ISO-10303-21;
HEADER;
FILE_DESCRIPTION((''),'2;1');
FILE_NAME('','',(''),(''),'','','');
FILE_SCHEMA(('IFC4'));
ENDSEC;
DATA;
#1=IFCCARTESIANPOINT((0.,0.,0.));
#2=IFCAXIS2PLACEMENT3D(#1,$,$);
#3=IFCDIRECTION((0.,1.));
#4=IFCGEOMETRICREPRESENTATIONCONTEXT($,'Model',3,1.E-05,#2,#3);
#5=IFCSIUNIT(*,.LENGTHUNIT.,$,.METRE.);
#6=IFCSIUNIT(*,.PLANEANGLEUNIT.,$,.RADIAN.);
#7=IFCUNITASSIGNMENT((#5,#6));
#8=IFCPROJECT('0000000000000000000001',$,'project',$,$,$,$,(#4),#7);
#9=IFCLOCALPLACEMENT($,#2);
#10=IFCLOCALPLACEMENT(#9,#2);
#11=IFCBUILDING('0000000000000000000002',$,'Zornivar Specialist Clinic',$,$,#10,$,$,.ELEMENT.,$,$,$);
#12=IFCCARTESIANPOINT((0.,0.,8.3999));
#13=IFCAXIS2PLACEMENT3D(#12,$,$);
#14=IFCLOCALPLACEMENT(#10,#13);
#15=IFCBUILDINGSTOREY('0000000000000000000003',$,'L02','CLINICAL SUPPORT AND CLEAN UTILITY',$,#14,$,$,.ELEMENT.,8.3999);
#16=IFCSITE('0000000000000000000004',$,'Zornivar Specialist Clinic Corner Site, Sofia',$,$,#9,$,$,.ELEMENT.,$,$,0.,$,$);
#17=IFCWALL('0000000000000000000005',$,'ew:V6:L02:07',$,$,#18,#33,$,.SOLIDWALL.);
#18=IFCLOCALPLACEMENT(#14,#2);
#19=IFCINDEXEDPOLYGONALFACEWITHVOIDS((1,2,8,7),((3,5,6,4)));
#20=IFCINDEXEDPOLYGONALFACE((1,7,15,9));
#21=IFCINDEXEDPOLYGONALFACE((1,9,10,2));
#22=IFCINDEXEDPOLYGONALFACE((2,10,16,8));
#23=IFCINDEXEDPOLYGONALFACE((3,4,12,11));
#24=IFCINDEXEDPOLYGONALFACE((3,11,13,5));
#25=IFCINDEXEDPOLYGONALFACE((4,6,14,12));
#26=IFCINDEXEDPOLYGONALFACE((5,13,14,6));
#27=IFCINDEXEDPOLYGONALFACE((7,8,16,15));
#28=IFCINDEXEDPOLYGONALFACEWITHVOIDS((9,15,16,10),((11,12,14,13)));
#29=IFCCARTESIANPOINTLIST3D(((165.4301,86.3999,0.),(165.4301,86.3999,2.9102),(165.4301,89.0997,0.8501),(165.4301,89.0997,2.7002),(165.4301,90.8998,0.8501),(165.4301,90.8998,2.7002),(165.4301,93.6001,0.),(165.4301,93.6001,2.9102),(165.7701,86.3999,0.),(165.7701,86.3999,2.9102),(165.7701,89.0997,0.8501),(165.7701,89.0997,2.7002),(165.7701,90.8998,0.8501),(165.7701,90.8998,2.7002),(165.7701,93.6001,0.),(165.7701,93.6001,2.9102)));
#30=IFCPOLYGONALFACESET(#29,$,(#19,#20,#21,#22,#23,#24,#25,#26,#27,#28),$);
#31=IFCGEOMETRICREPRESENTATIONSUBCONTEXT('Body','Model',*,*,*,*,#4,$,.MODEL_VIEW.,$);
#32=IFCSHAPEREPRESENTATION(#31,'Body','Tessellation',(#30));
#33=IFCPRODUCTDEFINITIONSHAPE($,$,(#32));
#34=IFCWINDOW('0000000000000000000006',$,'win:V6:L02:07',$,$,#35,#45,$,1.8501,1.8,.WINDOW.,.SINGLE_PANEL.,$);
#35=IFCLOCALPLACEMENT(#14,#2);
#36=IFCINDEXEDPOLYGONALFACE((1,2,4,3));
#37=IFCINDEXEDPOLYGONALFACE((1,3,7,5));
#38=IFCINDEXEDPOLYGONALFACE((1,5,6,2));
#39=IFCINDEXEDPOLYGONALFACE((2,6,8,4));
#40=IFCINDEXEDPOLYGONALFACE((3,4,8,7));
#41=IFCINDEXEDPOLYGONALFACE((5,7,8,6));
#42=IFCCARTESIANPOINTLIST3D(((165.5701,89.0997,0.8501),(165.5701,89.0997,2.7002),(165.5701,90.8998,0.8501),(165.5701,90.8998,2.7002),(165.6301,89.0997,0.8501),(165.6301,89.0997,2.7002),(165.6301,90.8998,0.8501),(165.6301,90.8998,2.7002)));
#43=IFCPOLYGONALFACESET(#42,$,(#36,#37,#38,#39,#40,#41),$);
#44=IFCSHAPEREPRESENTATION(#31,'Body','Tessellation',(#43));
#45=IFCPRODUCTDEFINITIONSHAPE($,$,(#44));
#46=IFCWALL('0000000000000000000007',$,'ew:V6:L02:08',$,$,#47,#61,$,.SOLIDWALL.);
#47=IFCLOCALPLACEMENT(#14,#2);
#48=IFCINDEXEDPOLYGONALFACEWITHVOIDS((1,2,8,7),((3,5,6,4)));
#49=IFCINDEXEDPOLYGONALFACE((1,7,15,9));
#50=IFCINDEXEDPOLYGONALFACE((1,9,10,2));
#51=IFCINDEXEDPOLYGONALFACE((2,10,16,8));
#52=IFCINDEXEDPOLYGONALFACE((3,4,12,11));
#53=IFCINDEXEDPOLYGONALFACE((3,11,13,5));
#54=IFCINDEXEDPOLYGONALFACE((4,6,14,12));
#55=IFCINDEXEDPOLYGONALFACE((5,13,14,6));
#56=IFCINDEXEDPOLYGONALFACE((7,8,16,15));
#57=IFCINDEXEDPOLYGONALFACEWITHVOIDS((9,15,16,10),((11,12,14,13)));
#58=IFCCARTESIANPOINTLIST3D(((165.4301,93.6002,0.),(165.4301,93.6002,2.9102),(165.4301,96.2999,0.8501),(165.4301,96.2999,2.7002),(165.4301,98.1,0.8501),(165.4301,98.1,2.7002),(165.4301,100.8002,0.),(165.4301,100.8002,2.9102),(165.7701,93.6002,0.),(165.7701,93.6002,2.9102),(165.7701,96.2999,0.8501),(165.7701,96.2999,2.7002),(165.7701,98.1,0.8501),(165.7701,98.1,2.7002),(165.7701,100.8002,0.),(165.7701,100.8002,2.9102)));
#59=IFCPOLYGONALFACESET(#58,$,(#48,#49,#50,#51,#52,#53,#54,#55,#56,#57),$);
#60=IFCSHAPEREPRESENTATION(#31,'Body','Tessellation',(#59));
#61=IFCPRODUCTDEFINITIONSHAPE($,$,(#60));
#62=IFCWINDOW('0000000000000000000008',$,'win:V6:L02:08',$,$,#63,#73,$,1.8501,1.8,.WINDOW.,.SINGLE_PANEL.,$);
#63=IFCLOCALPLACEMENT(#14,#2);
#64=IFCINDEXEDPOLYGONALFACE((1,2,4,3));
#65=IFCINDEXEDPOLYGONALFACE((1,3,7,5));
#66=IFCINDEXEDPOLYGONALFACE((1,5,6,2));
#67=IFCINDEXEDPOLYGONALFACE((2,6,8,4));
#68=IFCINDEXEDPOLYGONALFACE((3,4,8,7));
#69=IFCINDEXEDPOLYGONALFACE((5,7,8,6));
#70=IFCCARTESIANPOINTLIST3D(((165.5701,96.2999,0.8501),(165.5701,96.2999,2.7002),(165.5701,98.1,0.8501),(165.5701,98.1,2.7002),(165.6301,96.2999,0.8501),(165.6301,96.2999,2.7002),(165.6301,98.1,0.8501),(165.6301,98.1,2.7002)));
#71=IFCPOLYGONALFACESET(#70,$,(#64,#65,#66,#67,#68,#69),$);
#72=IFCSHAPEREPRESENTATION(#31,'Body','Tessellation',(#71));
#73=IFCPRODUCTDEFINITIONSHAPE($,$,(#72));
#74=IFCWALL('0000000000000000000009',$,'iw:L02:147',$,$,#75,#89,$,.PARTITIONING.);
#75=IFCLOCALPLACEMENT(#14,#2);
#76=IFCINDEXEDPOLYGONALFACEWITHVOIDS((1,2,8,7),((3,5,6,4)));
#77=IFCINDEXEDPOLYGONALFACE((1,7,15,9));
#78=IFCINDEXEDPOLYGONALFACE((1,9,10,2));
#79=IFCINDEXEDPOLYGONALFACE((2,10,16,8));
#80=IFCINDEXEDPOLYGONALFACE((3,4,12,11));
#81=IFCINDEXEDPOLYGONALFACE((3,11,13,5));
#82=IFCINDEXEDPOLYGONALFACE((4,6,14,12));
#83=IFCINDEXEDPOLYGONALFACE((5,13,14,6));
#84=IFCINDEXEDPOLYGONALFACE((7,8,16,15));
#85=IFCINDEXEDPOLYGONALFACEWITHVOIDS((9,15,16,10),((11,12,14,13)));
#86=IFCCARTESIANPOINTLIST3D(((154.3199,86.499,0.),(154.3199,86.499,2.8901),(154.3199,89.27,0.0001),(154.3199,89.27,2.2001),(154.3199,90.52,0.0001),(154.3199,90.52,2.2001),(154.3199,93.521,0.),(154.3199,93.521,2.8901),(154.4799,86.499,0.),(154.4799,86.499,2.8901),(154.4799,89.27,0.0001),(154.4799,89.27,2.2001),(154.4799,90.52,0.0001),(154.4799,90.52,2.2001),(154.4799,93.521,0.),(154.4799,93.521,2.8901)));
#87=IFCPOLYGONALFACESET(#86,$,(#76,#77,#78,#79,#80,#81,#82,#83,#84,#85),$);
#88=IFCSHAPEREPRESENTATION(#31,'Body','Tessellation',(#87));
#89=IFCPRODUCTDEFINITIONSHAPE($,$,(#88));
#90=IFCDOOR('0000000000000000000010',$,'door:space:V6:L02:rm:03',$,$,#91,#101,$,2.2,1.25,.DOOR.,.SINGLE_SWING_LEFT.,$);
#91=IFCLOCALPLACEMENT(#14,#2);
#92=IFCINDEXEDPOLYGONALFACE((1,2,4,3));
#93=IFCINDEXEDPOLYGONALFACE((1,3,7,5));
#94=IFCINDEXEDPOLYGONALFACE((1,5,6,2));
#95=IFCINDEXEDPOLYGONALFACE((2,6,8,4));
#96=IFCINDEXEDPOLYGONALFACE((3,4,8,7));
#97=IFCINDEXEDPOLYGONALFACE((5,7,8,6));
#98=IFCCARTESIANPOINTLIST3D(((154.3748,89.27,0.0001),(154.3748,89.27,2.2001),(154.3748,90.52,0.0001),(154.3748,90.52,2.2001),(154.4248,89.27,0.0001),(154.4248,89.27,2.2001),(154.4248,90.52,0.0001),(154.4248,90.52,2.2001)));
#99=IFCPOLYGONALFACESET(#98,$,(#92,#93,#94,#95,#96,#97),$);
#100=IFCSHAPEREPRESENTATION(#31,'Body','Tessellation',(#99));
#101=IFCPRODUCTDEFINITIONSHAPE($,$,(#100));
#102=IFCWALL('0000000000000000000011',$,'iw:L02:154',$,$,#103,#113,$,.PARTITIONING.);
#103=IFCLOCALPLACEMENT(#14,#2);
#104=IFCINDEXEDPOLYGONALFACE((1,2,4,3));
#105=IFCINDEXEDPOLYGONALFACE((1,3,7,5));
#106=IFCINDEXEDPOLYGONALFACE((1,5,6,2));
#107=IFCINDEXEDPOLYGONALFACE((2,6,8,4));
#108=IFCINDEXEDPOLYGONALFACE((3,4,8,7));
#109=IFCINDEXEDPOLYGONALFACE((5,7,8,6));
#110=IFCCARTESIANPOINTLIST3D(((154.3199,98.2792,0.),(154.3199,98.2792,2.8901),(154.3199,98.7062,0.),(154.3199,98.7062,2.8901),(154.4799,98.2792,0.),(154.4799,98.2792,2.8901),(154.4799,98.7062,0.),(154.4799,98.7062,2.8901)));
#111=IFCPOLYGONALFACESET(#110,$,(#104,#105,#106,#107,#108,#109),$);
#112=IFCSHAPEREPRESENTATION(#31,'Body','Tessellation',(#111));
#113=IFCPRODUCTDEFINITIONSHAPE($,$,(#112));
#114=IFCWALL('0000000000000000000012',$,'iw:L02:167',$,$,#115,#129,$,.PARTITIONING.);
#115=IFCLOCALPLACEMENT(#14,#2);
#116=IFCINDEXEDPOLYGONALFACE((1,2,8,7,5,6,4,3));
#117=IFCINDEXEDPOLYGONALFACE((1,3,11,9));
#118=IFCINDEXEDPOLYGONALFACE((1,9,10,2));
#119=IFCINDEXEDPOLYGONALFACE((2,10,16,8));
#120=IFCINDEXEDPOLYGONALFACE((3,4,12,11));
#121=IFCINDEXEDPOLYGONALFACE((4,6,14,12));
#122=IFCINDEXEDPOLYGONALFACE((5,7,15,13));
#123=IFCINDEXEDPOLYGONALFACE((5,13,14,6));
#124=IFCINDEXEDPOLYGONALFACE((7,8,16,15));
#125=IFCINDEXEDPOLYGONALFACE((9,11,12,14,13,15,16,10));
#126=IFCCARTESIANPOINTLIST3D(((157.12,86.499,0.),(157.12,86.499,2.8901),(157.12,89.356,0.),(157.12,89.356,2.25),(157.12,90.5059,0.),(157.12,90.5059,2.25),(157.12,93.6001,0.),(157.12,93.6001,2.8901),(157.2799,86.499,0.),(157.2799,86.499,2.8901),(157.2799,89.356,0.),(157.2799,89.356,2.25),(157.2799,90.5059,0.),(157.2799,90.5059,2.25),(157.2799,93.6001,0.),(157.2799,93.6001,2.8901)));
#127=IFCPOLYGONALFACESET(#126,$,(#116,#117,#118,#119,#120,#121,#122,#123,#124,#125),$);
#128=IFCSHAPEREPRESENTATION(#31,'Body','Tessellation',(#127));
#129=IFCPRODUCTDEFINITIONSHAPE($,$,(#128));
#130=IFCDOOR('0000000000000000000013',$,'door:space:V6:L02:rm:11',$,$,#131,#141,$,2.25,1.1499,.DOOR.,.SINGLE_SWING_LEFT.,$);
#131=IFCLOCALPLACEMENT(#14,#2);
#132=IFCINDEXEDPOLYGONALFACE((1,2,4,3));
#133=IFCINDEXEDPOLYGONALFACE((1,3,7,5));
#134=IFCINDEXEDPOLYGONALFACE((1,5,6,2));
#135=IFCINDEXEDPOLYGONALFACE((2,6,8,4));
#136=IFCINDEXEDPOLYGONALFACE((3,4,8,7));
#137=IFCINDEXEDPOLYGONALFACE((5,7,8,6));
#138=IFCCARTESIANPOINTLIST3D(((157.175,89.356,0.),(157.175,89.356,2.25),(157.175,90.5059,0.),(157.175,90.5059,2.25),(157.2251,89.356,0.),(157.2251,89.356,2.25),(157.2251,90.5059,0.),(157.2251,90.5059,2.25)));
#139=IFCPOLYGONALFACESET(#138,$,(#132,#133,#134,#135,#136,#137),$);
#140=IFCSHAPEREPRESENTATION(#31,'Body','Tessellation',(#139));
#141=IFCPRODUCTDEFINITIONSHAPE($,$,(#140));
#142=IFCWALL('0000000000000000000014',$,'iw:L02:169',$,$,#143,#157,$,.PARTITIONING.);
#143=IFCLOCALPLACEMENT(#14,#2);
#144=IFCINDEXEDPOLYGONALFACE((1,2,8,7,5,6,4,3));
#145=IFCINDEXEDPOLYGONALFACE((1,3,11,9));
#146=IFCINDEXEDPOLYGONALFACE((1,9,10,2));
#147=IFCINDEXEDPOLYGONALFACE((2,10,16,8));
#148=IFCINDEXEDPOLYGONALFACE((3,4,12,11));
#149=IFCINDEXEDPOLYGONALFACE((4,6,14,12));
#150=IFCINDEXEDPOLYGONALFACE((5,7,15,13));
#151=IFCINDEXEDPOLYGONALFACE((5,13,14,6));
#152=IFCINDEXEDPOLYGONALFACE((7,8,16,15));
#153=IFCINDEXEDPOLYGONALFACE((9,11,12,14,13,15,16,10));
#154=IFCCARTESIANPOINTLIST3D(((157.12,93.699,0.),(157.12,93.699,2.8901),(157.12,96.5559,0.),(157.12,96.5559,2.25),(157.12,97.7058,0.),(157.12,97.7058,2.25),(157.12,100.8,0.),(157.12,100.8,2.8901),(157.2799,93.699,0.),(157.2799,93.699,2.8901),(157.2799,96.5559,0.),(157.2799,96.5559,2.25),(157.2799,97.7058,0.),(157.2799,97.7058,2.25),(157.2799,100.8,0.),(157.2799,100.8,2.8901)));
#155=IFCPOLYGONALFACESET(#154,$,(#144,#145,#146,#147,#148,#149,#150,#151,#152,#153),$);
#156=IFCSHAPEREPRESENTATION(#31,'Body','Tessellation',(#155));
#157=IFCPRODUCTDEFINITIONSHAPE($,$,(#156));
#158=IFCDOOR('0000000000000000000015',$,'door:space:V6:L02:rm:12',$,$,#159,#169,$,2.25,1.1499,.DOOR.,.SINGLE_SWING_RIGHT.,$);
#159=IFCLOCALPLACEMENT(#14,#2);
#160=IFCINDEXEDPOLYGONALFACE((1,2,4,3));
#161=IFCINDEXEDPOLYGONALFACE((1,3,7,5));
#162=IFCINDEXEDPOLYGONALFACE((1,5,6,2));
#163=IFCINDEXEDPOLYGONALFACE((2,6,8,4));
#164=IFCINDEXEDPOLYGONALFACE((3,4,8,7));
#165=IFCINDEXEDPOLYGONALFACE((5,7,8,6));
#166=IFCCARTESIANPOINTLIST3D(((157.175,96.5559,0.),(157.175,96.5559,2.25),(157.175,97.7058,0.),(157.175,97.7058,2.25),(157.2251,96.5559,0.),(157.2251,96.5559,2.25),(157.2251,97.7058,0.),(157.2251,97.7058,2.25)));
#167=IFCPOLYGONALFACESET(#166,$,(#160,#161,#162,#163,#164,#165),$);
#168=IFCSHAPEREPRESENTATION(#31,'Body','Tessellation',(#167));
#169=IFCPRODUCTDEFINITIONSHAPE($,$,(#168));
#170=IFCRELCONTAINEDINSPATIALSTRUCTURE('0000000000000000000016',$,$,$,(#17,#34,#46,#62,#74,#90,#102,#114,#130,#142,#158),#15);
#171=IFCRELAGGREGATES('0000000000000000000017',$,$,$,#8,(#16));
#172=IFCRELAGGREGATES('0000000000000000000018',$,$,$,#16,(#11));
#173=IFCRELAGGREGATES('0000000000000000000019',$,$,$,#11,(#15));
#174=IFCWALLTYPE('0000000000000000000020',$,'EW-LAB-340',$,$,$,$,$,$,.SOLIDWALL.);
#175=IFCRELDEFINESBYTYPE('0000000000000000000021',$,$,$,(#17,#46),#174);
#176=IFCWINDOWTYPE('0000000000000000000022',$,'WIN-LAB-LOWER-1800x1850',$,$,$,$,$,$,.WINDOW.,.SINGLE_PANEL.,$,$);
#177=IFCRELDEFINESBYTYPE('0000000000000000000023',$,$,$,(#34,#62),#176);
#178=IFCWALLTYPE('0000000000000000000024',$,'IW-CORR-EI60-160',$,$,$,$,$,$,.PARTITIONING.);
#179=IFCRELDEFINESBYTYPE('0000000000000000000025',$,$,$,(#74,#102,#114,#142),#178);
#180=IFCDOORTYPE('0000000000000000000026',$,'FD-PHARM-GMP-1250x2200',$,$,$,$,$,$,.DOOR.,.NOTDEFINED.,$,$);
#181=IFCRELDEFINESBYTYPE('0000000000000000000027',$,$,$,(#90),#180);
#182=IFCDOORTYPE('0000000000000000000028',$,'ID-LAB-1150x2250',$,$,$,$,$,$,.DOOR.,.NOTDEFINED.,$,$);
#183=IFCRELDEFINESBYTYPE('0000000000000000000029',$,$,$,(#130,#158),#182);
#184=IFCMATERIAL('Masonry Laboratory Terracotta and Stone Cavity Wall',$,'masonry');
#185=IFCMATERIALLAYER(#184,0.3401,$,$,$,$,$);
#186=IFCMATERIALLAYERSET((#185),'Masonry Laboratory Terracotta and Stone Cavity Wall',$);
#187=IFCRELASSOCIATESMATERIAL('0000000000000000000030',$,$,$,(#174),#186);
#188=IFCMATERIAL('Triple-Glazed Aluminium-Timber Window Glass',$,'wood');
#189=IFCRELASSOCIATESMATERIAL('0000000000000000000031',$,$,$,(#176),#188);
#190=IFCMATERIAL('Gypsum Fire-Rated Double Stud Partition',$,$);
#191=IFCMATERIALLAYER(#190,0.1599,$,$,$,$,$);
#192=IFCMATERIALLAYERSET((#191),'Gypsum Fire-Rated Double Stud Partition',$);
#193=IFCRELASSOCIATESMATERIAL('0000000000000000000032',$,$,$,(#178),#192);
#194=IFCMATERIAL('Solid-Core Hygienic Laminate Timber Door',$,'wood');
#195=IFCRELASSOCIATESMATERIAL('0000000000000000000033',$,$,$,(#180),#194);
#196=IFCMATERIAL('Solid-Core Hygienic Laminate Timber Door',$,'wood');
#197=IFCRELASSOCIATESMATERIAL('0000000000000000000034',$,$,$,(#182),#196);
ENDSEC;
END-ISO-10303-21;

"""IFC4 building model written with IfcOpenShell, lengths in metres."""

from ifc_helpers import new_model, si_unit, direction, frame, frame_2d, origin, place, context, subcontext, project, spatial, rectangle, extrude, material, layer, layer_set, type_object, element, fill, save


model = new_model("IFC4")

# Units and contexts
model_context = context("Model", 3, precision=1e-05, world=origin(), true_north=direction((0.0, 1.0)))
body_context = subcontext(model_context, "Body", "Model", "MODEL_VIEW")
ifc_project = project(units=[si_unit("LENGTHUNIT", "METRE"), si_unit("PLANEANGLEUNIT", "RADIAN")], contexts=[model_context])

# Site, building, storey
site_placement = place(None, origin())
site = spatial("IfcSite", under=ifc_project, at=site_placement, Name="Zornivar Specialist Clinic Corner Site, Sofia", CompositionType="ELEMENT", RefElevation=0.0)
building_placement = place(site_placement, origin())
building = spatial("IfcBuilding", under=site, at=building_placement, Name="Zornivar Specialist Clinic", CompositionType="ELEMENT")
storey_placement = place(building_placement, frame((0.0, 0.0, 8.3999)))
storey = spatial("IfcBuildingStorey", under=building, at=storey_placement, Name="L02", Description="CLINICAL SUPPORT AND CLEAN UTILITY", CompositionType="ELEMENT", Elevation=8.3999)

# Walls, openings, windows
ifc_material_1 = material(Name="Masonry Laboratory Terracotta and Stone Cavity Wall", Category="masonry")
ifc_layer_1 = layer(ifc_material_1, 0.3401)
ifc_layer_set_1 = layer_set([ifc_layer_1], Name="Masonry Laboratory Terracotta and Stone Cavity Wall")
wall_type_1 = type_object("IfcWallType", Name="EW-LAB-340", PredefinedType="SOLIDWALL", material=ifc_layer_set_1)
wall_1_placement = place(storey_placement, frame((165.6001, 86.3999, 0.0), z_axis=(0.0, 0.0, 1.0), x_axis=(0.0, 1.0, 0.0)))
wall_1 = element("IfcWall", 1, at=wall_1_placement, inside=storey, type_object=wall_type_1, Name="ew:V6:L02:07", PredefinedType="SOLIDWALL", context=body_context, shape_type="SweptSolid", body=[
    extrude(rectangle(XDim=7.2002, YDim=0.3401, at=frame_2d((3.6001, 0.0))), origin(), (0.0, 0.0, 1.0), 2.9102),
])
opening_1_placement = place(wall_1_placement, frame((2.7, 0.0, 0.8501)))
opening_1 = element("IfcOpeningElement", 2, at=opening_1_placement, cuts=wall_1, PredefinedType="OPENING", context=body_context, shape_type="SweptSolid", body=[
    extrude(rectangle(XDim=1.8, YDim=1.8501, at=frame_2d((0.8999, 0.925))), frame((0.0, 0.1799, 0.0), z_axis=(0.0, -1.0, 0.0), x_axis=(1.0, 0.0, 0.0)), (0.0, 0.0, 1.0), 0.3601),
])
ifc_material_2 = material(Name="Triple-Glazed Aluminium-Timber Window Glass", Category="wood")
window_type = type_object("IfcWindowType", Name="WIN-LAB-LOWER-1800x1850", PartitioningType="SINGLE_PANEL", PredefinedType="WINDOW", material=ifc_material_2)
window_1_placement = place(opening_1_placement, origin())
window_1 = element("IfcWindow", 3, at=window_1_placement, inside=storey, type_object=window_type, Name="win:V6:L02:07", OverallHeight=1.8501, OverallWidth=1.8, PartitioningType="SINGLE_PANEL", PredefinedType="WINDOW", context=body_context, shape_type="SweptSolid", body=[
    extrude(rectangle(XDim=1.8, YDim=1.8501, at=frame_2d((0.8999, 0.925))), frame((0.0, 0.03, 0.0), z_axis=(0.0, -1.0, 0.0), x_axis=(1.0, 0.0, 0.0)), (0.0, 0.0, 1.0), 0.0601),
])
fill(opening_1, window_1)
wall_2_placement = place(storey_placement, frame((165.6001, 93.6001, 0.0), z_axis=(0.0, 0.0, 1.0), x_axis=(0.0, 1.0, 0.0)))
wall_2 = element("IfcWall", 4, at=wall_2_placement, inside=storey, type_object=wall_type_1, Name="ew:V6:L02:08", PredefinedType="SOLIDWALL", context=body_context, shape_type="SweptSolid", body=[
    extrude(rectangle(XDim=7.2, YDim=0.3401, at=frame_2d((3.6001, 0.0))), origin(), (0.0, 0.0, 1.0), 2.9102),
])
opening_2_placement = place(wall_2_placement, frame((2.7, 0.0, 0.8501)))
opening_2 = element("IfcOpeningElement", 5, at=opening_2_placement, cuts=wall_2, PredefinedType="OPENING", context=body_context, shape_type="SweptSolid", body=[
    extrude(rectangle(XDim=1.8, YDim=1.8501, at=frame_2d((0.8999, 0.925))), frame((0.0, 0.1799, 0.0), z_axis=(0.0, -1.0, 0.0), x_axis=(1.0, 0.0, 0.0)), (0.0, 0.0, 1.0), 0.3601),
])
window_2_placement = place(opening_2_placement, origin())
window_2 = element("IfcWindow", 6, at=window_2_placement, inside=storey, type_object=window_type, Name="win:V6:L02:08", OverallHeight=1.8501, OverallWidth=1.8, PartitioningType="SINGLE_PANEL", PredefinedType="WINDOW", context=body_context, shape_type="SweptSolid", body=[
    extrude(rectangle(XDim=1.8, YDim=1.8501, at=frame_2d((0.8999, 0.925))), frame((0.0, 0.03, 0.0), z_axis=(0.0, -1.0, 0.0), x_axis=(1.0, 0.0, 0.0)), (0.0, 0.0, 1.0), 0.0601),
])
fill(opening_2, window_2)

# Wall, opening, door
ifc_material_3 = material(Name="Gypsum Fire-Rated Double Stud Partition")
ifc_layer_2 = layer(ifc_material_3, 0.1599)
ifc_layer_set_2 = layer_set([ifc_layer_2], Name="Gypsum Fire-Rated Double Stud Partition")
wall_type_2 = type_object("IfcWallType", Name="IW-CORR-EI60-160", PredefinedType="PARTITIONING", material=ifc_layer_set_2)
wall_3_placement = place(storey_placement, frame((154.3999, 93.521, 0.0), z_axis=(0.0, 0.0, 1.0), x_axis=(0.0, -1.0, 0.0)))
wall_3 = element("IfcWall", 7, at=wall_3_placement, inside=storey, type_object=wall_type_2, Name="iw:L02:147", PredefinedType="PARTITIONING", context=body_context, shape_type="SweptSolid", body=[
    extrude(rectangle(XDim=7.022, YDim=0.1599, at=frame_2d((3.511, 0.0))), origin(), (0.0, 0.0, 1.0), 2.8901),
])
opening_3_placement = place(wall_3_placement, frame((3.001, 0.0, 0.0)))
opening_3 = element("IfcOpeningElement", 8, at=opening_3_placement, cuts=wall_3, PredefinedType="OPENING", context=body_context, shape_type="SweptSolid", body=[
    extrude(rectangle(XDim=1.25, YDim=2.2, at=frame_2d((0.625, 1.1001))), frame((0.0, 0.0898, 0.0), z_axis=(0.0, -1.0, 0.0), x_axis=(1.0, 0.0, 0.0)), (0.0, 0.0, 1.0), 0.1799),
])
ifc_material_4 = material(Name="Solid-Core Hygienic Laminate Timber Door", Category="wood")
door_type_1 = type_object("IfcDoorType", Name="FD-PHARM-GMP-1250x2200", OperationType="NOTDEFINED", PredefinedType="DOOR", material=ifc_material_4)
door_1_placement = place(opening_3_placement, origin())
door_1 = element("IfcDoor", 9, at=door_1_placement, inside=storey, type_object=door_type_1, Name="door:space:V6:L02:rm:03", OperationType="SINGLE_SWING_LEFT", OverallHeight=2.2, OverallWidth=1.25, PredefinedType="DOOR", context=body_context, shape_type="SweptSolid", body=[
    extrude(rectangle(XDim=1.25, YDim=2.2, at=frame_2d((0.625, 1.1001))), frame((0.0, 0.0249, 0.0), z_axis=(0.0, -1.0, 0.0), x_axis=(1.0, 0.0, 0.0)), (0.0, 0.0, 1.0), 0.05),
])
fill(opening_3, door_1)

# Wall
wall_4_placement = place(storey_placement, frame((154.3999, 98.7061, 0.0), z_axis=(0.0, 0.0, 1.0), x_axis=(0.0, -1.0, 0.0)))
element("IfcWall", 10, at=wall_4_placement, inside=storey, type_object=wall_type_2, Name="iw:L02:154", PredefinedType="PARTITIONING", context=body_context, shape_type="SweptSolid", body=[
    extrude(rectangle(XDim=0.427, YDim=0.1599, at=frame_2d((0.2134, 0.0))), origin(), (0.0, 0.0, 1.0), 2.8901),
])

# Walls, openings, doors
wall_5_placement = place(storey_placement, frame((157.2, 86.499, 0.0), z_axis=(0.0, 0.0, 1.0), x_axis=(0.0, 1.0, 0.0)))
wall_5 = element("IfcWall", 11, at=wall_5_placement, inside=storey, type_object=wall_type_2, Name="iw:L02:167", PredefinedType="PARTITIONING", context=body_context, shape_type="SweptSolid", body=[
    extrude(rectangle(XDim=7.1011, YDim=0.1599, at=frame_2d((3.5505, 0.0))), origin(), (0.0, 0.0, 1.0), 2.8901),
])
opening_4_placement = place(wall_5_placement, frame((2.8569, 0.0, 0.0)))
opening_4 = element("IfcOpeningElement", 12, at=opening_4_placement, cuts=wall_5, PredefinedType="OPENING", context=body_context, shape_type="SweptSolid", body=[
    extrude(rectangle(XDim=1.1499, YDim=2.25, at=frame_2d((0.575, 1.125))), frame((0.0, 0.0898, 0.0), z_axis=(0.0, -1.0, 0.0), x_axis=(1.0, 0.0, 0.0)), (0.0, 0.0, 1.0), 0.1799),
])
ifc_material_5 = material(Name="Solid-Core Hygienic Laminate Timber Door", Category="wood")
door_type_2 = type_object("IfcDoorType", Name="ID-LAB-1150x2250", OperationType="NOTDEFINED", PredefinedType="DOOR", material=ifc_material_5)
door_2_placement = place(opening_4_placement, origin())
door_2 = element("IfcDoor", 13, at=door_2_placement, inside=storey, type_object=door_type_2, Name="door:space:V6:L02:rm:11", OperationType="SINGLE_SWING_LEFT", OverallHeight=2.25, OverallWidth=1.1499, PredefinedType="DOOR", context=body_context, shape_type="SweptSolid", body=[
    extrude(rectangle(XDim=1.1499, YDim=2.25, at=frame_2d((0.575, 1.125))), frame((0.0, 0.0249, 0.0), z_axis=(0.0, -1.0, 0.0), x_axis=(1.0, 0.0, 0.0)), (0.0, 0.0, 1.0), 0.05),
])
fill(opening_4, door_2)
wall_6_placement = place(storey_placement, frame((157.2, 93.699, 0.0), z_axis=(0.0, 0.0, 1.0), x_axis=(0.0, 1.0, 0.0)))
wall_6 = element("IfcWall", 14, at=wall_6_placement, inside=storey, type_object=wall_type_2, Name="iw:L02:169", PredefinedType="PARTITIONING", context=body_context, shape_type="SweptSolid", body=[
    extrude(rectangle(XDim=7.1011, YDim=0.1599, at=frame_2d((3.5505, 0.0))), origin(), (0.0, 0.0, 1.0), 2.8901),
])
opening_5_placement = place(wall_6_placement, frame((2.8569, 0.0, 0.0)))
opening_5 = element("IfcOpeningElement", 15, at=opening_5_placement, cuts=wall_6, PredefinedType="OPENING", context=body_context, shape_type="SweptSolid", body=[
    extrude(rectangle(XDim=1.1499, YDim=2.25, at=frame_2d((0.575, 1.125))), frame((0.0, 0.0898, 0.0), z_axis=(0.0, -1.0, 0.0), x_axis=(1.0, 0.0, 0.0)), (0.0, 0.0, 1.0), 0.1799),
])
door_3_placement = place(opening_5_placement, origin())
door_3 = element("IfcDoor", 16, at=door_3_placement, inside=storey, type_object=door_type_2, Name="door:space:V6:L02:rm:12", OperationType="SINGLE_SWING_RIGHT", OverallHeight=2.25, OverallWidth=1.1499, PredefinedType="DOOR", context=body_context, shape_type="SweptSolid", body=[
    extrude(rectangle(XDim=1.1499, YDim=2.25, at=frame_2d((0.575, 1.125))), frame((0.0, 0.0249, 0.0), z_axis=(0.0, -1.0, 0.0), x_axis=(1.0, 0.0, 0.0)), (0.0, 0.0, 1.0), 0.05),
])
fill(opening_5, door_3)

save(model, "model.ifc")
